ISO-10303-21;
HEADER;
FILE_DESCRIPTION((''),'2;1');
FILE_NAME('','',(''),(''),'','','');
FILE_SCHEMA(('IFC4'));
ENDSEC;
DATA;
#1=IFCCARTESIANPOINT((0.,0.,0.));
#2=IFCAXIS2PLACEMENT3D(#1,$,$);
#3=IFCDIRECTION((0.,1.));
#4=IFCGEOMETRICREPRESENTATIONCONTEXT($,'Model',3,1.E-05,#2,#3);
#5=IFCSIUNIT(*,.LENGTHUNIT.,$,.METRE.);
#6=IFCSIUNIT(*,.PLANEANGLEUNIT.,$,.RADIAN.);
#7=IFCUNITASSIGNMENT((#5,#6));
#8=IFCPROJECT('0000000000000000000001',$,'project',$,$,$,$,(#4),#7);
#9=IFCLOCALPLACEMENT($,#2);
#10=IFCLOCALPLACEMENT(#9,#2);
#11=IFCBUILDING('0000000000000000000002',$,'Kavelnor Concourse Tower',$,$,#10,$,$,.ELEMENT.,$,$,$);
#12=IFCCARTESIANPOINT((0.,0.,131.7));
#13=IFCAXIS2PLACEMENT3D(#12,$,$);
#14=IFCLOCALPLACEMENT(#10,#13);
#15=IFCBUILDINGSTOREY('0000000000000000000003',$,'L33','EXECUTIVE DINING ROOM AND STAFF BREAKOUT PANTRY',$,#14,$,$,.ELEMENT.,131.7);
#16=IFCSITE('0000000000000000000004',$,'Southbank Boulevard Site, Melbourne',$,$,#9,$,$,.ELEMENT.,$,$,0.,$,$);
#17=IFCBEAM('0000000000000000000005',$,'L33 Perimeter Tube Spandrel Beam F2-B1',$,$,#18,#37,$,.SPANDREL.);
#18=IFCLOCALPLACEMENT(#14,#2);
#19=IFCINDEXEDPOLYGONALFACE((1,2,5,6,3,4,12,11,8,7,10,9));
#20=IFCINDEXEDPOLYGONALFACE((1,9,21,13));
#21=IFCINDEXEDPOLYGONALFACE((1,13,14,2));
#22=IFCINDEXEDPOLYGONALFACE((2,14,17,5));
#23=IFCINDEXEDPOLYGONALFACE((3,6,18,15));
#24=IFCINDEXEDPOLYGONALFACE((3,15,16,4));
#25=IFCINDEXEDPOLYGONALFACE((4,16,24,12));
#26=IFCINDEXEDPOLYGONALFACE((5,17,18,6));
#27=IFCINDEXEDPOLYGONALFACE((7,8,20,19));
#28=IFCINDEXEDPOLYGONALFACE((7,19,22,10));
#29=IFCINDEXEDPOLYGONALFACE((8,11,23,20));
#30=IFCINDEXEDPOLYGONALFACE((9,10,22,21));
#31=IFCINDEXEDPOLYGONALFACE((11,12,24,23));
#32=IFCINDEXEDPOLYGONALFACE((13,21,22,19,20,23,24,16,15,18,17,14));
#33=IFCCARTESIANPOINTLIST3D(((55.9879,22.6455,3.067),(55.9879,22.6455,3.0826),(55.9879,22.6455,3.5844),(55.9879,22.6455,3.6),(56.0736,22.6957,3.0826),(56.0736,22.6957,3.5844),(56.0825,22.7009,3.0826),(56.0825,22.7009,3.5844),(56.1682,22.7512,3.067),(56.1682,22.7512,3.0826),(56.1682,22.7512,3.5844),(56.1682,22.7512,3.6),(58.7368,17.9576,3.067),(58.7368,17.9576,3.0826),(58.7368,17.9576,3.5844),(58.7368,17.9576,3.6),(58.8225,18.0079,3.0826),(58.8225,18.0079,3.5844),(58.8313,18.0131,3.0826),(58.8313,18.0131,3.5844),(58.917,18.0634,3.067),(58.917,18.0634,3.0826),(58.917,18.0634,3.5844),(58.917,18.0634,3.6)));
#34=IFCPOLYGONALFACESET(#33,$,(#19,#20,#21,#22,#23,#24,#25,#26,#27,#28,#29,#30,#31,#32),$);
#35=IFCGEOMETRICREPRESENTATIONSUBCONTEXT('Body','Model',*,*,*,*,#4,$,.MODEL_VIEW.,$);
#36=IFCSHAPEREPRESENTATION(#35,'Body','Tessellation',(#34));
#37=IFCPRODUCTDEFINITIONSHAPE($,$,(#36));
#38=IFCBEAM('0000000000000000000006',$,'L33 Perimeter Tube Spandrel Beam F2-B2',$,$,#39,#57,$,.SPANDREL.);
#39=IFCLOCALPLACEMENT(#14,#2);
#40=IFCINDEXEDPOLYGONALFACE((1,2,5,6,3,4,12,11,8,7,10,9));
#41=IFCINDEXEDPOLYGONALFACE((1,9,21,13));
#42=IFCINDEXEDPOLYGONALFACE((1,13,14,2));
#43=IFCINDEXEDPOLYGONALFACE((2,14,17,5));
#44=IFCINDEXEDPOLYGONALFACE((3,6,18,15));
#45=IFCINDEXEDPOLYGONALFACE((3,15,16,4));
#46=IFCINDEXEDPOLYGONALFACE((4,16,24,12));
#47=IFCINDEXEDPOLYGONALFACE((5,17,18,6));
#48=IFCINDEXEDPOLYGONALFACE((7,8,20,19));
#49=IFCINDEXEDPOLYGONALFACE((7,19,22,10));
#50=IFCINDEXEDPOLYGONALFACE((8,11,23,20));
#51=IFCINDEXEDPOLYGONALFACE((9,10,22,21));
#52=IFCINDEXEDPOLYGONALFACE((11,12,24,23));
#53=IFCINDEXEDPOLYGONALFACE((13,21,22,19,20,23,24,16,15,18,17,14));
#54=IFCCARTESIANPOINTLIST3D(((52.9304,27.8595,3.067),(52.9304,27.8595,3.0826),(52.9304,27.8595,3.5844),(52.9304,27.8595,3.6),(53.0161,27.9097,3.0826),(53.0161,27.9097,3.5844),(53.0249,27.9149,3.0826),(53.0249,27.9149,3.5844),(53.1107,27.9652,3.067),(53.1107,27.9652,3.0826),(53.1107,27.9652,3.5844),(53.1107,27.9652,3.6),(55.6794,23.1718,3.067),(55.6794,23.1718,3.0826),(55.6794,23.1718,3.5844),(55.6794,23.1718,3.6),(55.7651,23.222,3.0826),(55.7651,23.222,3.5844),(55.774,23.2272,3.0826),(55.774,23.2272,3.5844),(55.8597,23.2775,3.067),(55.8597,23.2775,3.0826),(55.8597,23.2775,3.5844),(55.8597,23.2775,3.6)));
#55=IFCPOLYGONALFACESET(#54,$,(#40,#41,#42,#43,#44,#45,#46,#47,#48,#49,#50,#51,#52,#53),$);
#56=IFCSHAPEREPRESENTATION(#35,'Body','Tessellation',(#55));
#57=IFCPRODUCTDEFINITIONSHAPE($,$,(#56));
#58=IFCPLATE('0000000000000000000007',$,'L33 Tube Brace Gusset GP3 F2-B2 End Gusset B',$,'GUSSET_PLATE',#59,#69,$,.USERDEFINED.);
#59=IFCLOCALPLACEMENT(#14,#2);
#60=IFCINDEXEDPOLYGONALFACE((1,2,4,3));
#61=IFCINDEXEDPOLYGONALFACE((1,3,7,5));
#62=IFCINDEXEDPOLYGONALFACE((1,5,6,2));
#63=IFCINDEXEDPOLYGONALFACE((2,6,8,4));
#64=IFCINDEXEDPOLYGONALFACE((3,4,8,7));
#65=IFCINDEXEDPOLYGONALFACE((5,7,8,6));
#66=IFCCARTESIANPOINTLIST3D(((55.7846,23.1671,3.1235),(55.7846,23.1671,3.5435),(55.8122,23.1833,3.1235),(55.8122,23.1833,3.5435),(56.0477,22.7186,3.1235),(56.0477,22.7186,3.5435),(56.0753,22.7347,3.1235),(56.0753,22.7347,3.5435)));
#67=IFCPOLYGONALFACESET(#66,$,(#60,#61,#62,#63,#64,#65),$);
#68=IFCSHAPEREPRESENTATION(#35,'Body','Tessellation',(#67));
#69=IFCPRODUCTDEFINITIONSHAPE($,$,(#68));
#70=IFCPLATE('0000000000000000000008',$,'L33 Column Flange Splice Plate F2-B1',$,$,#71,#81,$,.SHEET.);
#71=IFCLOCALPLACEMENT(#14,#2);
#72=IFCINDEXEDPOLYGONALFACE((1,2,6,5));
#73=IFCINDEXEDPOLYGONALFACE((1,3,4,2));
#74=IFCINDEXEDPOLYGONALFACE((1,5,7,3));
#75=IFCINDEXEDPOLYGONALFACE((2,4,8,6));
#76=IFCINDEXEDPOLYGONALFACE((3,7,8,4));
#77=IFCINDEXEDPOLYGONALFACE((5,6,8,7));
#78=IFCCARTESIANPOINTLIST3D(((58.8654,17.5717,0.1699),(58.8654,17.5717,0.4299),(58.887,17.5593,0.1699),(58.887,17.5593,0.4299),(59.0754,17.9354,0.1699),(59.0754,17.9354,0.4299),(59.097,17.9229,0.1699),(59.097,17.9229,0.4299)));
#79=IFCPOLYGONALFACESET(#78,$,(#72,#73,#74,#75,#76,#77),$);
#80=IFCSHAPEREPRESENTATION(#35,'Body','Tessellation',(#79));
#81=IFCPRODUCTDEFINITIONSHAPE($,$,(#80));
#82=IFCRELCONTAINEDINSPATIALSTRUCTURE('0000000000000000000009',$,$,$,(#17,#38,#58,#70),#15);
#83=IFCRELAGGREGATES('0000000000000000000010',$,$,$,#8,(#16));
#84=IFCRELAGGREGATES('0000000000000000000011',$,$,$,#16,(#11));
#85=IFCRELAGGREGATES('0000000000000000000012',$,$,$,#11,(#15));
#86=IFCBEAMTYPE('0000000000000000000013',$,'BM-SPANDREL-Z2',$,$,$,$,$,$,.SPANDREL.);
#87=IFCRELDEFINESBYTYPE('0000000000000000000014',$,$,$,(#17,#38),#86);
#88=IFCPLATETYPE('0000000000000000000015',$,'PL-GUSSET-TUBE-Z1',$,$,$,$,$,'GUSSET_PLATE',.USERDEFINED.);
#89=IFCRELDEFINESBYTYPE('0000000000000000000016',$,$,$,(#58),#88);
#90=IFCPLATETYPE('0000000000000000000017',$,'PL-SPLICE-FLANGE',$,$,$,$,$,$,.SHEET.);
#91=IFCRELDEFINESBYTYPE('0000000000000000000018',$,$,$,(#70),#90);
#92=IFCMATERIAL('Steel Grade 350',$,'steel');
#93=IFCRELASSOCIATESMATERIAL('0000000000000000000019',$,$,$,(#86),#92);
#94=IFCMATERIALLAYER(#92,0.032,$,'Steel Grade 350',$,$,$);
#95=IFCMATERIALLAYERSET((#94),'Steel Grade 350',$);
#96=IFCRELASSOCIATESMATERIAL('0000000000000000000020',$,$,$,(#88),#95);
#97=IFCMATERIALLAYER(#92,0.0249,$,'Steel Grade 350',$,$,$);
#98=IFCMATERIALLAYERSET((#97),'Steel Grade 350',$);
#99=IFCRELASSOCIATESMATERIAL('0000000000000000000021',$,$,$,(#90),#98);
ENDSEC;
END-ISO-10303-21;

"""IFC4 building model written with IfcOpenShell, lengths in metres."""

from ifc_helpers import new_model, si_unit, direction, frame, origin, origin_2d, place, context, subcontext, project, spatial, rectangle, i_section, extrude, material, layer, layer_set, material_profile, profile_set, type_object, element, save


model = new_model("IFC4")

# Units and contexts
model_context = context("Model", 3, precision=1e-05, world=origin(), true_north=direction((0.0, 1.0)))
body_context = subcontext(model_context, "Body", "Model", "MODEL_VIEW")
ifc_project = project(units=[si_unit("LENGTHUNIT", "METRE"), si_unit("PLANEANGLEUNIT", "RADIAN")], contexts=[model_context])

# Site, building, storey
site_placement = place(None, origin())
site = spatial("IfcSite", under=ifc_project, at=site_placement, Name="Southbank Boulevard Site, Melbourne", CompositionType="ELEMENT", RefElevation=0.0)
building_placement = place(site_placement, origin())
building = spatial("IfcBuilding", under=site, at=building_placement, Name="Kavelnor Concourse Tower", CompositionType="ELEMENT")
storey_placement = place(building_placement, frame((0.0, 0.0, 131.7)))
storey = spatial("IfcBuildingStorey", under=building, at=storey_placement, Name="L33", Description="EXECUTIVE DINING ROOM AND STAFF BREAKOUT PANTRY", CompositionType="ELEMENT", Elevation=131.7)

# Shared definitions
ifc_material_1 = material(Name="Steel Grade 350", Category="steel")

# Beams
ifc_material_profile_1 = material_profile(ifc_material_1, i_section(OverallWidth=0.209, OverallDepth=0.533, WebThickness=0.0103, FlangeThickness=0.0156, at=origin_2d()), Name="530UB92")
ifc_profile_set_1 = profile_set([ifc_material_profile_1], Name="Steel Grade 350")
beam_type_1 = type_object("IfcBeamType", Name="BM-SPANDREL-Z2", PredefinedType="SPANDREL", material=ifc_profile_set_1)
for number, where, z_axis, x_axis, name in (
    (1, (58.8269, 18.0105, 3.3335), (-0.505828, 0.862634, 0.0), (-0.862634, -0.505828, 0.0), "L33 Perimeter Tube Spandrel Beam F2-B1"),
    (2, (55.7695, 23.2246, 3.3335), (-0.505861, 0.862615, 0.0), (-0.862615, -0.505861, 0.0), "L33 Perimeter Tube Spandrel Beam F2-B2"),
):
    element("IfcBeam", number, at=place(storey_placement, frame(where, z_axis=z_axis, x_axis=x_axis)), inside=storey, type_object=beam_type_1, Name=name, PredefinedType="SPANDREL", context=body_context, shape_type="SweptSolid", body=[
        extrude(i_section(OverallWidth=0.209, OverallDepth=0.533, WebThickness=0.0103, FlangeThickness=0.0156, at=origin_2d()), origin(), (0.0, 0.0, 1.0), 5.4343),
    ])

# Plates
ifc_layer_1 = layer(ifc_material_1, 0.032, Name="Steel Grade 350")
ifc_layer_set_1 = layer_set([ifc_layer_1], Name="Steel Grade 350")
plate_type_1 = type_object("IfcPlateType", Name="PL-GUSSET-TUBE-Z1", ElementType="GUSSET_PLATE", PredefinedType="USERDEFINED", material=ifc_layer_set_1)
plate_1_placement = place(storey_placement, frame((55.9299, 22.9509, 3.1235), z_axis=(0.0, 0.0, 1.0), x_axis=(0.505883, -0.862602, 0.0)))
element("IfcPlate", 3, at=plate_1_placement, inside=storey, type_object=plate_type_1, Name="L33 Tube Brace Gusset GP3 F2-B2 End Gusset B", ObjectType="GUSSET_PLATE", PredefinedType="USERDEFINED", context=body_context, shape_type="SweptSolid", body=[
    extrude(rectangle(XDim=0.52, YDim=0.032, at=origin_2d()), origin(), (0.0, 0.0, 1.0), 0.4199),
])
ifc_layer_2 = layer(ifc_material_1, 0.0249, Name="Steel Grade 350")
ifc_layer_set_2 = layer_set([ifc_layer_2], Name="Steel Grade 350")
plate_type_2 = type_object("IfcPlateType", Name="PL-SPLICE-FLANGE", PredefinedType="SHEET", material=ifc_layer_set_2)
plate_2_placement = place(storey_placement, frame((58.9812, 17.7473, 0.1699), z_axis=(0.0, 0.0, 1.0), x_axis=(-0.5, -0.866025, 0.0)))
element("IfcPlate", 4, at=plate_2_placement, inside=storey, type_object=plate_type_2, Name="L33 Column Flange Splice Plate F2-B1", PredefinedType="SHEET", context=body_context, shape_type="SweptSolid", body=[
    extrude(rectangle(XDim=0.4199, YDim=0.0249, at=origin_2d()), origin(), (0.0, 0.0, 1.0), 0.26),
])

save(model, "model.ifc")
